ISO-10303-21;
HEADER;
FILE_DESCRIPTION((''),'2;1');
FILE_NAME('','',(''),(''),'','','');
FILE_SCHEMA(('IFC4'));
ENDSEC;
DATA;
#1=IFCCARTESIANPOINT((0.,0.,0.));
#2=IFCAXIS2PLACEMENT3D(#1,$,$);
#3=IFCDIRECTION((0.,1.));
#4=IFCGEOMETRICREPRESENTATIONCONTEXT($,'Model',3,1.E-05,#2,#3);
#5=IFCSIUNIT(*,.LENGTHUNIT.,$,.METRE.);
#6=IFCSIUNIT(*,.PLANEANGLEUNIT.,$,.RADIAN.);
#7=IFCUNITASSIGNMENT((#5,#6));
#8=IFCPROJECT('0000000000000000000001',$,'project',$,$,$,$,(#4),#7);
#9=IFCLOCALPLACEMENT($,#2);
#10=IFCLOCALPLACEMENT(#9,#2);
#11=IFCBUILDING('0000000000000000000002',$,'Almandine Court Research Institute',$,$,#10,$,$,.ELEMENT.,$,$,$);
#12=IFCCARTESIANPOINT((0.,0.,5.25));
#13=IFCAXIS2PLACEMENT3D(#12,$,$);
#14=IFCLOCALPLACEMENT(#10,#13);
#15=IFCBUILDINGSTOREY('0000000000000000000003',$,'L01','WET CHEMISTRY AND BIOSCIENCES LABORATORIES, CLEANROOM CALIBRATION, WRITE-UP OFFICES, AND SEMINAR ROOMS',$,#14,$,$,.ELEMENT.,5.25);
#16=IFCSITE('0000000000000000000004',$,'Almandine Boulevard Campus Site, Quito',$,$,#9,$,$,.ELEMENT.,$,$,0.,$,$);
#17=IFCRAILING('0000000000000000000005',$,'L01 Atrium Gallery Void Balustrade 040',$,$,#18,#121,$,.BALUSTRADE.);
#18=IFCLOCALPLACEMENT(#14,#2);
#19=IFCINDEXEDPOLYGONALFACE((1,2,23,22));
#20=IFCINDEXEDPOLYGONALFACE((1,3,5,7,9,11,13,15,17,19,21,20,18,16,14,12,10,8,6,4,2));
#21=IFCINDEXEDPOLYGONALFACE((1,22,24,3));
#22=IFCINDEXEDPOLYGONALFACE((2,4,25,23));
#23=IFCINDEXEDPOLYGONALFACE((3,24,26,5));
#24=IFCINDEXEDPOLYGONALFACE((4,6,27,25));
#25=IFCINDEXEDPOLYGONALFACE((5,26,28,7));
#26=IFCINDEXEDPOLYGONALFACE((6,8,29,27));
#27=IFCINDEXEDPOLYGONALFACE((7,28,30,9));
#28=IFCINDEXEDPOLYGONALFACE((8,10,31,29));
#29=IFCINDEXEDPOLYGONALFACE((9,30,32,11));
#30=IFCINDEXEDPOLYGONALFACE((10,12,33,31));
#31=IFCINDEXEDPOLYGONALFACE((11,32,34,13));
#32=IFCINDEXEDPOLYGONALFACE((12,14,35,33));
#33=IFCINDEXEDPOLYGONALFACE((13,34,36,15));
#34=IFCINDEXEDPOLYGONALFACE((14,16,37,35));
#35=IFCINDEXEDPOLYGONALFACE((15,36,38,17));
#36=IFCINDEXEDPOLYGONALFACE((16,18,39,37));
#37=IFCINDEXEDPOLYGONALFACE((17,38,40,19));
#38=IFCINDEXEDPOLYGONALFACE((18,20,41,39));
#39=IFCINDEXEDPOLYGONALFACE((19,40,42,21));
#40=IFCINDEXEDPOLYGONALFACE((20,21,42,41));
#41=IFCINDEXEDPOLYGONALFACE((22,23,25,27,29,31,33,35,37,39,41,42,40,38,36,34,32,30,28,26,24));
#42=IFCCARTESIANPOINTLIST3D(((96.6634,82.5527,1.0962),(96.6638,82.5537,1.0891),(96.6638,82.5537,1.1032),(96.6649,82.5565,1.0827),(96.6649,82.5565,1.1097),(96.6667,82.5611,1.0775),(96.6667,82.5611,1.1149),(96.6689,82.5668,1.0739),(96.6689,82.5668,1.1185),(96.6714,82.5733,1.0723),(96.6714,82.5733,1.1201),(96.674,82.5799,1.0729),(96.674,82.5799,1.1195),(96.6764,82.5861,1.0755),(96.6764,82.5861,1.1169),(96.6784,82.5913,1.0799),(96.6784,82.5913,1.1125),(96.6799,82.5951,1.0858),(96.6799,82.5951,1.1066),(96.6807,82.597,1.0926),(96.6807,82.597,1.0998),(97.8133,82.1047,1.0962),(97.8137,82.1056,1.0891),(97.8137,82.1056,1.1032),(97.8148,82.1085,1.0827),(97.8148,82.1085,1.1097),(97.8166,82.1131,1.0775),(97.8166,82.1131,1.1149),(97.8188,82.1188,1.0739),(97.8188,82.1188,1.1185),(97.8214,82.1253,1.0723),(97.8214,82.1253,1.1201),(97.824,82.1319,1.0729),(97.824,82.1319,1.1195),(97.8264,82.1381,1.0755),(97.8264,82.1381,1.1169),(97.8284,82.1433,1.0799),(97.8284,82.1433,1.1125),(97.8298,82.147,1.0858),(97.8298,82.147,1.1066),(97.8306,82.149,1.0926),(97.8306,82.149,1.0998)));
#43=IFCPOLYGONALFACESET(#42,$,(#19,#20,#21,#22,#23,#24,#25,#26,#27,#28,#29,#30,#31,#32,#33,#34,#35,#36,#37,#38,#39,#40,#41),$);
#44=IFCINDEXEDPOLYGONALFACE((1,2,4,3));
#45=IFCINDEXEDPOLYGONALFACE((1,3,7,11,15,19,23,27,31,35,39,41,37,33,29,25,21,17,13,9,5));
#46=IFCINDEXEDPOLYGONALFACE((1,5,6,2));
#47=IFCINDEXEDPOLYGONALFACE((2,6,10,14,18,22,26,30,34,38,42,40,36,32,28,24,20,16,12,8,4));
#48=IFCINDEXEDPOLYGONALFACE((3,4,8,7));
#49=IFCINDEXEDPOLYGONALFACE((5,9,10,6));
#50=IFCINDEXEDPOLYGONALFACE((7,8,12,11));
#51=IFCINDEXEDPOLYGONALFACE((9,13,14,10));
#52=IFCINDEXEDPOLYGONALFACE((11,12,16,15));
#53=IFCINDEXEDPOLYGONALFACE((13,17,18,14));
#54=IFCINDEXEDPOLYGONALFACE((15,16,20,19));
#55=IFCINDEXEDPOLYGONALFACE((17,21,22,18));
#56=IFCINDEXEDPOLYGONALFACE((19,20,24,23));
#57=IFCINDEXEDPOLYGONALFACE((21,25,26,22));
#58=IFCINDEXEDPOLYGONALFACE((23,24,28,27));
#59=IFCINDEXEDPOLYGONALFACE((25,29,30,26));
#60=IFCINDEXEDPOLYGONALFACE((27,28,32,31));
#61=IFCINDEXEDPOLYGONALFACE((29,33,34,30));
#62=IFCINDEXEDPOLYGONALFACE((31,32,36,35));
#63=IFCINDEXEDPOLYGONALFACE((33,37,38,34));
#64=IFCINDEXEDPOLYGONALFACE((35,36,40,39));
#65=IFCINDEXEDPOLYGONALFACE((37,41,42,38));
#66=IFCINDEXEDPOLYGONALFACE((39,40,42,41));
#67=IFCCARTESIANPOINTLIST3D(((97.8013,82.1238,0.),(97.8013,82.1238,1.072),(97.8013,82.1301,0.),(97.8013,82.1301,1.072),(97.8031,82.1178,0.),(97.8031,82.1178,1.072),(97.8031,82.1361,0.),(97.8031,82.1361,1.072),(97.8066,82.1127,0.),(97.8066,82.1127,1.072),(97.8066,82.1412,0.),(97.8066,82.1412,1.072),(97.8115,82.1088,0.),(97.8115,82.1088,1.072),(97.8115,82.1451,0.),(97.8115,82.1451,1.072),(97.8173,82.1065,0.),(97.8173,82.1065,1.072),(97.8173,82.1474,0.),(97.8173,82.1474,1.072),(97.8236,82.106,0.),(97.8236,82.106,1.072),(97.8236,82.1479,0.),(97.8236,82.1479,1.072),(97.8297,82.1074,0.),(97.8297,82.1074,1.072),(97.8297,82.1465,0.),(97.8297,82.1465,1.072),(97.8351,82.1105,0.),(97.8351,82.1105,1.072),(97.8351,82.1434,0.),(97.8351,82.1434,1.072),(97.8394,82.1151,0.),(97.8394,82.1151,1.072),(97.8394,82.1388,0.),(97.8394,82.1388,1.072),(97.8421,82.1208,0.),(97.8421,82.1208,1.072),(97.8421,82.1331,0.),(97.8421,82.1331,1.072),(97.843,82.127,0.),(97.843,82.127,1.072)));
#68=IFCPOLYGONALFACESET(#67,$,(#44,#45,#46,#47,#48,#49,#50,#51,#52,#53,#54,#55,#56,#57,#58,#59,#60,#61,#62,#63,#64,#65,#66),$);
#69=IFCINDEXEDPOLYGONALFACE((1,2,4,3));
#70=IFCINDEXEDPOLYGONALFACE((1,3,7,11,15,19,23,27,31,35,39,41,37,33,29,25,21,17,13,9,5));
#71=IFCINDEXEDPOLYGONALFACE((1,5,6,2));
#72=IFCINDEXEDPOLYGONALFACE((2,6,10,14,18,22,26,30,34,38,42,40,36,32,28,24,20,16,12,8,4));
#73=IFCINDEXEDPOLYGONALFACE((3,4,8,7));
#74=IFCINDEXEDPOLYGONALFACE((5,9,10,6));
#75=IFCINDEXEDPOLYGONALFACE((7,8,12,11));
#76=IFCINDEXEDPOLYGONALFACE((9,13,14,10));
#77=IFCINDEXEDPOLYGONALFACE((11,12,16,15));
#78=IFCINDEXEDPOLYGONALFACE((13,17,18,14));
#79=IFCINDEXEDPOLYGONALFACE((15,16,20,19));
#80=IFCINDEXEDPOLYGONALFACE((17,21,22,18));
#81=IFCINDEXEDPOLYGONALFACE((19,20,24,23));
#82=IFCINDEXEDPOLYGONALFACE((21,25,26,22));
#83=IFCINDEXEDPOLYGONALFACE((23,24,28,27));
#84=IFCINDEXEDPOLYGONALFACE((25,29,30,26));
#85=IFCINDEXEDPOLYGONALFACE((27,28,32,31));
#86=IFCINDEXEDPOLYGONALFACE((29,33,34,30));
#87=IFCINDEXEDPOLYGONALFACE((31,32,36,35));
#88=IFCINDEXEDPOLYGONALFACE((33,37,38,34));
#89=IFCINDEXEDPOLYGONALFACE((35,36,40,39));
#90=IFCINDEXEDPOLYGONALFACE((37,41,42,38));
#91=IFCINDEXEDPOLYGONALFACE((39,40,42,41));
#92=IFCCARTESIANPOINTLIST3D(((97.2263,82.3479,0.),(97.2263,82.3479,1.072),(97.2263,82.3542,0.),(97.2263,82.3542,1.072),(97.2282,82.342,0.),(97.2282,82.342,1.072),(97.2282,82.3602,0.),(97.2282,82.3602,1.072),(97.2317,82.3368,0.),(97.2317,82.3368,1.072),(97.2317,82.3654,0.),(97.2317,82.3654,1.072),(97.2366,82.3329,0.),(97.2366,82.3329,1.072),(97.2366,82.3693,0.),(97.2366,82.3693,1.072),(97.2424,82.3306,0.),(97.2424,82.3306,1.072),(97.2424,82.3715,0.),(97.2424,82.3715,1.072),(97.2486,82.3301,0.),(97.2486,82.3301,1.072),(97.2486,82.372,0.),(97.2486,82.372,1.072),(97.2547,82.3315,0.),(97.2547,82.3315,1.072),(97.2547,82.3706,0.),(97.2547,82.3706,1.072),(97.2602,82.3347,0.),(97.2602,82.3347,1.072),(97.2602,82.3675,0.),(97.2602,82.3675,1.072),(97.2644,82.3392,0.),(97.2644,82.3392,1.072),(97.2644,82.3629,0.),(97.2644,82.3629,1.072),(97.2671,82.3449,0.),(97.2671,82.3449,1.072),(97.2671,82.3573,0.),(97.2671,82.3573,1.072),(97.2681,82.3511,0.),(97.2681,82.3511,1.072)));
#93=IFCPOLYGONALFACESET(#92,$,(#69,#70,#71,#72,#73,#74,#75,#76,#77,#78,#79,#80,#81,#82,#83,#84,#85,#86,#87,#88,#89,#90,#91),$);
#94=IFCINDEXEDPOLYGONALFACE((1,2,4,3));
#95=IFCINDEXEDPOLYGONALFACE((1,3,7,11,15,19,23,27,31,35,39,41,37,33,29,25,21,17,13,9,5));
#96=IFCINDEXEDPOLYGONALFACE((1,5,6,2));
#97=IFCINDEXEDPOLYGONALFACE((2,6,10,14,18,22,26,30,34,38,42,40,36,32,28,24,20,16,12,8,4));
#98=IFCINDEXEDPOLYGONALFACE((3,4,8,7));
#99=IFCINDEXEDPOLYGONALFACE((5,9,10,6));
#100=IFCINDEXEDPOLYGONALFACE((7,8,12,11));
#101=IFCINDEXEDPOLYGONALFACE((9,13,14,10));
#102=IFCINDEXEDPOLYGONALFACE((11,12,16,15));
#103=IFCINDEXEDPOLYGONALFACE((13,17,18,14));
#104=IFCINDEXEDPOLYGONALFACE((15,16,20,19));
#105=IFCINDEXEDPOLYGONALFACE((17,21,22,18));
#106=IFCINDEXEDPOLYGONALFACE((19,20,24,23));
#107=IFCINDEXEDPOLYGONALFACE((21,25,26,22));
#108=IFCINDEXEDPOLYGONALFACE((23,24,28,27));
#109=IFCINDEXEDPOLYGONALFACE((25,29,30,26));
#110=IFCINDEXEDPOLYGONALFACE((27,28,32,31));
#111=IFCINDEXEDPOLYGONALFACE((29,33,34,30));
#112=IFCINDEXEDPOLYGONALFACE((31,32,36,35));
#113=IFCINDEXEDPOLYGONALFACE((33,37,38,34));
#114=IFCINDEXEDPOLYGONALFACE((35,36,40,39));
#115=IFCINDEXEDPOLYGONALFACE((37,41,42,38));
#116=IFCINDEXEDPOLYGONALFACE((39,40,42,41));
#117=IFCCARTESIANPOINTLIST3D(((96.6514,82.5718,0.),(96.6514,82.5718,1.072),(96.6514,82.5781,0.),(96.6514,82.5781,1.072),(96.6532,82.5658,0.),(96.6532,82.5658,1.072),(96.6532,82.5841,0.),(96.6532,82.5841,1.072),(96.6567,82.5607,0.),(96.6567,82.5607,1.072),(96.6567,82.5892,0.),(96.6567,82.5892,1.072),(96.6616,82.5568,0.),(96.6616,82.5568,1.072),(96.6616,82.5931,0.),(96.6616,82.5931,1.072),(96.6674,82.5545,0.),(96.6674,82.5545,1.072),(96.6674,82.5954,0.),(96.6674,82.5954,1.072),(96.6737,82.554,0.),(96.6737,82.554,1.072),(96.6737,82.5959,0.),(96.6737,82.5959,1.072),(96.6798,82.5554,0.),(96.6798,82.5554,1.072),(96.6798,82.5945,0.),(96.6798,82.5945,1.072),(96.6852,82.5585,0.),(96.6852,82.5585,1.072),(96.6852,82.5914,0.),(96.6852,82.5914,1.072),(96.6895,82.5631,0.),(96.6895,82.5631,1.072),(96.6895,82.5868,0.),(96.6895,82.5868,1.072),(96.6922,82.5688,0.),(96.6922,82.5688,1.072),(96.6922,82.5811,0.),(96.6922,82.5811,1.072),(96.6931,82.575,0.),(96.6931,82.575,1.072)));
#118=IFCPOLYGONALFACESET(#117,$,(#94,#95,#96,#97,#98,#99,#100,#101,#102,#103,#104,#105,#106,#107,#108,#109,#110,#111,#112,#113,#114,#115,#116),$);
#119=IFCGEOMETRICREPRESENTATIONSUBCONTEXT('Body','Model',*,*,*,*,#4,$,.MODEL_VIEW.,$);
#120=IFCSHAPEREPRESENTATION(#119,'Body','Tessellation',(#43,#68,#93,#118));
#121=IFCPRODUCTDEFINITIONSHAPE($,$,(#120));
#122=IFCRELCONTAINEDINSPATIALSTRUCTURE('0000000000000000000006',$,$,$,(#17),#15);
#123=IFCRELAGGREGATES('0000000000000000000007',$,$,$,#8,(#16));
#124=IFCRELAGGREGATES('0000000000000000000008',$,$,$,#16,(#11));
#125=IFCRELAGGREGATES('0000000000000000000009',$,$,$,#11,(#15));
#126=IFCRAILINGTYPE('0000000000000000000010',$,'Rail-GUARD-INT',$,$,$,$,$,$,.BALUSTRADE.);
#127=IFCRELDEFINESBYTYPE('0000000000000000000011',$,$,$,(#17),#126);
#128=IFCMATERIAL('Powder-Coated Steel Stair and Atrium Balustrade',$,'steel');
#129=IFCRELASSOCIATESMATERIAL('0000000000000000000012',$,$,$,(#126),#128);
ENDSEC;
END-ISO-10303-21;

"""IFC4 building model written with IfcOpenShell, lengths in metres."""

from ifc_helpers import new_model, si_unit, direction, frame, origin, origin_2d, place, context, subcontext, project, spatial, circle, extrude, material, type_object, element, save


model = new_model("IFC4")

# Units and contexts
model_context = context("Model", 3, precision=1e-05, world=origin(), true_north=direction((0.0, 1.0)))
body_context = subcontext(model_context, "Body", "Model", "MODEL_VIEW")
ifc_project = project(units=[si_unit("LENGTHUNIT", "METRE"), si_unit("PLANEANGLEUNIT", "RADIAN")], contexts=[model_context])

# Site, building, storey
site_placement = place(None, origin())
site = spatial("IfcSite", under=ifc_project, at=site_placement, Name="Almandine Boulevard Campus Site, Quito", CompositionType="ELEMENT", RefElevation=0.0)
building_placement = place(site_placement, origin())
building = spatial("IfcBuilding", under=site, at=building_placement, Name="Almandine Court Research Institute", CompositionType="ELEMENT")
storey_placement = place(building_placement, frame((0.0, 0.0, 5.25)))
storey = spatial("IfcBuildingStorey", under=building, at=storey_placement, Name="L01", Description="WET CHEMISTRY AND BIOSCIENCES LABORATORIES, CLEANROOM CALIBRATION, WRITE-UP OFFICES, AND SEMINAR ROOMS", CompositionType="ELEMENT", Elevation=5.25)

# Railing
ifc_material_1 = material(Name="Powder-Coated Steel Stair and Atrium Balustrade", Category="steel")
railing_type = type_object("IfcRailingType", Name="Rail-GUARD-INT", PredefinedType="BALUSTRADE", material=ifc_material_1)
railing_1_placement = place(storey_placement, frame((97.822, 82.127, 0.0)))
element("IfcRailing", 1, at=railing_1_placement, inside=storey, type_object=railing_type, Name="L01 Atrium Gallery Void Balustrade 040", PredefinedType="BALUSTRADE", context=body_context, shape_type="SweptSolid", body=[
    extrude(circle(Radius=0.0239, at=origin_2d()), frame((0.0, 0.0, 1.0962), z_axis=(-0.931782, 0.363019, 0.0), x_axis=(-0.363019, -0.931782, 0.0)), (0.0, 0.0, 1.0), 1.2341),
    extrude(circle(Radius=0.021, at=origin_2d()), origin(), (0.0, 0.0, 1.0), 1.072),
    extrude(circle(Radius=0.021, at=origin_2d()), frame((-0.575, 0.2241, 0.0)), (0.0, 0.0, 1.0), 1.072),
    extrude(circle(Radius=0.021, at=origin_2d()), frame((-1.1499, 0.448, 0.0)), (0.0, 0.0, 1.0), 1.072),
])

save(model, "model.ifc")
